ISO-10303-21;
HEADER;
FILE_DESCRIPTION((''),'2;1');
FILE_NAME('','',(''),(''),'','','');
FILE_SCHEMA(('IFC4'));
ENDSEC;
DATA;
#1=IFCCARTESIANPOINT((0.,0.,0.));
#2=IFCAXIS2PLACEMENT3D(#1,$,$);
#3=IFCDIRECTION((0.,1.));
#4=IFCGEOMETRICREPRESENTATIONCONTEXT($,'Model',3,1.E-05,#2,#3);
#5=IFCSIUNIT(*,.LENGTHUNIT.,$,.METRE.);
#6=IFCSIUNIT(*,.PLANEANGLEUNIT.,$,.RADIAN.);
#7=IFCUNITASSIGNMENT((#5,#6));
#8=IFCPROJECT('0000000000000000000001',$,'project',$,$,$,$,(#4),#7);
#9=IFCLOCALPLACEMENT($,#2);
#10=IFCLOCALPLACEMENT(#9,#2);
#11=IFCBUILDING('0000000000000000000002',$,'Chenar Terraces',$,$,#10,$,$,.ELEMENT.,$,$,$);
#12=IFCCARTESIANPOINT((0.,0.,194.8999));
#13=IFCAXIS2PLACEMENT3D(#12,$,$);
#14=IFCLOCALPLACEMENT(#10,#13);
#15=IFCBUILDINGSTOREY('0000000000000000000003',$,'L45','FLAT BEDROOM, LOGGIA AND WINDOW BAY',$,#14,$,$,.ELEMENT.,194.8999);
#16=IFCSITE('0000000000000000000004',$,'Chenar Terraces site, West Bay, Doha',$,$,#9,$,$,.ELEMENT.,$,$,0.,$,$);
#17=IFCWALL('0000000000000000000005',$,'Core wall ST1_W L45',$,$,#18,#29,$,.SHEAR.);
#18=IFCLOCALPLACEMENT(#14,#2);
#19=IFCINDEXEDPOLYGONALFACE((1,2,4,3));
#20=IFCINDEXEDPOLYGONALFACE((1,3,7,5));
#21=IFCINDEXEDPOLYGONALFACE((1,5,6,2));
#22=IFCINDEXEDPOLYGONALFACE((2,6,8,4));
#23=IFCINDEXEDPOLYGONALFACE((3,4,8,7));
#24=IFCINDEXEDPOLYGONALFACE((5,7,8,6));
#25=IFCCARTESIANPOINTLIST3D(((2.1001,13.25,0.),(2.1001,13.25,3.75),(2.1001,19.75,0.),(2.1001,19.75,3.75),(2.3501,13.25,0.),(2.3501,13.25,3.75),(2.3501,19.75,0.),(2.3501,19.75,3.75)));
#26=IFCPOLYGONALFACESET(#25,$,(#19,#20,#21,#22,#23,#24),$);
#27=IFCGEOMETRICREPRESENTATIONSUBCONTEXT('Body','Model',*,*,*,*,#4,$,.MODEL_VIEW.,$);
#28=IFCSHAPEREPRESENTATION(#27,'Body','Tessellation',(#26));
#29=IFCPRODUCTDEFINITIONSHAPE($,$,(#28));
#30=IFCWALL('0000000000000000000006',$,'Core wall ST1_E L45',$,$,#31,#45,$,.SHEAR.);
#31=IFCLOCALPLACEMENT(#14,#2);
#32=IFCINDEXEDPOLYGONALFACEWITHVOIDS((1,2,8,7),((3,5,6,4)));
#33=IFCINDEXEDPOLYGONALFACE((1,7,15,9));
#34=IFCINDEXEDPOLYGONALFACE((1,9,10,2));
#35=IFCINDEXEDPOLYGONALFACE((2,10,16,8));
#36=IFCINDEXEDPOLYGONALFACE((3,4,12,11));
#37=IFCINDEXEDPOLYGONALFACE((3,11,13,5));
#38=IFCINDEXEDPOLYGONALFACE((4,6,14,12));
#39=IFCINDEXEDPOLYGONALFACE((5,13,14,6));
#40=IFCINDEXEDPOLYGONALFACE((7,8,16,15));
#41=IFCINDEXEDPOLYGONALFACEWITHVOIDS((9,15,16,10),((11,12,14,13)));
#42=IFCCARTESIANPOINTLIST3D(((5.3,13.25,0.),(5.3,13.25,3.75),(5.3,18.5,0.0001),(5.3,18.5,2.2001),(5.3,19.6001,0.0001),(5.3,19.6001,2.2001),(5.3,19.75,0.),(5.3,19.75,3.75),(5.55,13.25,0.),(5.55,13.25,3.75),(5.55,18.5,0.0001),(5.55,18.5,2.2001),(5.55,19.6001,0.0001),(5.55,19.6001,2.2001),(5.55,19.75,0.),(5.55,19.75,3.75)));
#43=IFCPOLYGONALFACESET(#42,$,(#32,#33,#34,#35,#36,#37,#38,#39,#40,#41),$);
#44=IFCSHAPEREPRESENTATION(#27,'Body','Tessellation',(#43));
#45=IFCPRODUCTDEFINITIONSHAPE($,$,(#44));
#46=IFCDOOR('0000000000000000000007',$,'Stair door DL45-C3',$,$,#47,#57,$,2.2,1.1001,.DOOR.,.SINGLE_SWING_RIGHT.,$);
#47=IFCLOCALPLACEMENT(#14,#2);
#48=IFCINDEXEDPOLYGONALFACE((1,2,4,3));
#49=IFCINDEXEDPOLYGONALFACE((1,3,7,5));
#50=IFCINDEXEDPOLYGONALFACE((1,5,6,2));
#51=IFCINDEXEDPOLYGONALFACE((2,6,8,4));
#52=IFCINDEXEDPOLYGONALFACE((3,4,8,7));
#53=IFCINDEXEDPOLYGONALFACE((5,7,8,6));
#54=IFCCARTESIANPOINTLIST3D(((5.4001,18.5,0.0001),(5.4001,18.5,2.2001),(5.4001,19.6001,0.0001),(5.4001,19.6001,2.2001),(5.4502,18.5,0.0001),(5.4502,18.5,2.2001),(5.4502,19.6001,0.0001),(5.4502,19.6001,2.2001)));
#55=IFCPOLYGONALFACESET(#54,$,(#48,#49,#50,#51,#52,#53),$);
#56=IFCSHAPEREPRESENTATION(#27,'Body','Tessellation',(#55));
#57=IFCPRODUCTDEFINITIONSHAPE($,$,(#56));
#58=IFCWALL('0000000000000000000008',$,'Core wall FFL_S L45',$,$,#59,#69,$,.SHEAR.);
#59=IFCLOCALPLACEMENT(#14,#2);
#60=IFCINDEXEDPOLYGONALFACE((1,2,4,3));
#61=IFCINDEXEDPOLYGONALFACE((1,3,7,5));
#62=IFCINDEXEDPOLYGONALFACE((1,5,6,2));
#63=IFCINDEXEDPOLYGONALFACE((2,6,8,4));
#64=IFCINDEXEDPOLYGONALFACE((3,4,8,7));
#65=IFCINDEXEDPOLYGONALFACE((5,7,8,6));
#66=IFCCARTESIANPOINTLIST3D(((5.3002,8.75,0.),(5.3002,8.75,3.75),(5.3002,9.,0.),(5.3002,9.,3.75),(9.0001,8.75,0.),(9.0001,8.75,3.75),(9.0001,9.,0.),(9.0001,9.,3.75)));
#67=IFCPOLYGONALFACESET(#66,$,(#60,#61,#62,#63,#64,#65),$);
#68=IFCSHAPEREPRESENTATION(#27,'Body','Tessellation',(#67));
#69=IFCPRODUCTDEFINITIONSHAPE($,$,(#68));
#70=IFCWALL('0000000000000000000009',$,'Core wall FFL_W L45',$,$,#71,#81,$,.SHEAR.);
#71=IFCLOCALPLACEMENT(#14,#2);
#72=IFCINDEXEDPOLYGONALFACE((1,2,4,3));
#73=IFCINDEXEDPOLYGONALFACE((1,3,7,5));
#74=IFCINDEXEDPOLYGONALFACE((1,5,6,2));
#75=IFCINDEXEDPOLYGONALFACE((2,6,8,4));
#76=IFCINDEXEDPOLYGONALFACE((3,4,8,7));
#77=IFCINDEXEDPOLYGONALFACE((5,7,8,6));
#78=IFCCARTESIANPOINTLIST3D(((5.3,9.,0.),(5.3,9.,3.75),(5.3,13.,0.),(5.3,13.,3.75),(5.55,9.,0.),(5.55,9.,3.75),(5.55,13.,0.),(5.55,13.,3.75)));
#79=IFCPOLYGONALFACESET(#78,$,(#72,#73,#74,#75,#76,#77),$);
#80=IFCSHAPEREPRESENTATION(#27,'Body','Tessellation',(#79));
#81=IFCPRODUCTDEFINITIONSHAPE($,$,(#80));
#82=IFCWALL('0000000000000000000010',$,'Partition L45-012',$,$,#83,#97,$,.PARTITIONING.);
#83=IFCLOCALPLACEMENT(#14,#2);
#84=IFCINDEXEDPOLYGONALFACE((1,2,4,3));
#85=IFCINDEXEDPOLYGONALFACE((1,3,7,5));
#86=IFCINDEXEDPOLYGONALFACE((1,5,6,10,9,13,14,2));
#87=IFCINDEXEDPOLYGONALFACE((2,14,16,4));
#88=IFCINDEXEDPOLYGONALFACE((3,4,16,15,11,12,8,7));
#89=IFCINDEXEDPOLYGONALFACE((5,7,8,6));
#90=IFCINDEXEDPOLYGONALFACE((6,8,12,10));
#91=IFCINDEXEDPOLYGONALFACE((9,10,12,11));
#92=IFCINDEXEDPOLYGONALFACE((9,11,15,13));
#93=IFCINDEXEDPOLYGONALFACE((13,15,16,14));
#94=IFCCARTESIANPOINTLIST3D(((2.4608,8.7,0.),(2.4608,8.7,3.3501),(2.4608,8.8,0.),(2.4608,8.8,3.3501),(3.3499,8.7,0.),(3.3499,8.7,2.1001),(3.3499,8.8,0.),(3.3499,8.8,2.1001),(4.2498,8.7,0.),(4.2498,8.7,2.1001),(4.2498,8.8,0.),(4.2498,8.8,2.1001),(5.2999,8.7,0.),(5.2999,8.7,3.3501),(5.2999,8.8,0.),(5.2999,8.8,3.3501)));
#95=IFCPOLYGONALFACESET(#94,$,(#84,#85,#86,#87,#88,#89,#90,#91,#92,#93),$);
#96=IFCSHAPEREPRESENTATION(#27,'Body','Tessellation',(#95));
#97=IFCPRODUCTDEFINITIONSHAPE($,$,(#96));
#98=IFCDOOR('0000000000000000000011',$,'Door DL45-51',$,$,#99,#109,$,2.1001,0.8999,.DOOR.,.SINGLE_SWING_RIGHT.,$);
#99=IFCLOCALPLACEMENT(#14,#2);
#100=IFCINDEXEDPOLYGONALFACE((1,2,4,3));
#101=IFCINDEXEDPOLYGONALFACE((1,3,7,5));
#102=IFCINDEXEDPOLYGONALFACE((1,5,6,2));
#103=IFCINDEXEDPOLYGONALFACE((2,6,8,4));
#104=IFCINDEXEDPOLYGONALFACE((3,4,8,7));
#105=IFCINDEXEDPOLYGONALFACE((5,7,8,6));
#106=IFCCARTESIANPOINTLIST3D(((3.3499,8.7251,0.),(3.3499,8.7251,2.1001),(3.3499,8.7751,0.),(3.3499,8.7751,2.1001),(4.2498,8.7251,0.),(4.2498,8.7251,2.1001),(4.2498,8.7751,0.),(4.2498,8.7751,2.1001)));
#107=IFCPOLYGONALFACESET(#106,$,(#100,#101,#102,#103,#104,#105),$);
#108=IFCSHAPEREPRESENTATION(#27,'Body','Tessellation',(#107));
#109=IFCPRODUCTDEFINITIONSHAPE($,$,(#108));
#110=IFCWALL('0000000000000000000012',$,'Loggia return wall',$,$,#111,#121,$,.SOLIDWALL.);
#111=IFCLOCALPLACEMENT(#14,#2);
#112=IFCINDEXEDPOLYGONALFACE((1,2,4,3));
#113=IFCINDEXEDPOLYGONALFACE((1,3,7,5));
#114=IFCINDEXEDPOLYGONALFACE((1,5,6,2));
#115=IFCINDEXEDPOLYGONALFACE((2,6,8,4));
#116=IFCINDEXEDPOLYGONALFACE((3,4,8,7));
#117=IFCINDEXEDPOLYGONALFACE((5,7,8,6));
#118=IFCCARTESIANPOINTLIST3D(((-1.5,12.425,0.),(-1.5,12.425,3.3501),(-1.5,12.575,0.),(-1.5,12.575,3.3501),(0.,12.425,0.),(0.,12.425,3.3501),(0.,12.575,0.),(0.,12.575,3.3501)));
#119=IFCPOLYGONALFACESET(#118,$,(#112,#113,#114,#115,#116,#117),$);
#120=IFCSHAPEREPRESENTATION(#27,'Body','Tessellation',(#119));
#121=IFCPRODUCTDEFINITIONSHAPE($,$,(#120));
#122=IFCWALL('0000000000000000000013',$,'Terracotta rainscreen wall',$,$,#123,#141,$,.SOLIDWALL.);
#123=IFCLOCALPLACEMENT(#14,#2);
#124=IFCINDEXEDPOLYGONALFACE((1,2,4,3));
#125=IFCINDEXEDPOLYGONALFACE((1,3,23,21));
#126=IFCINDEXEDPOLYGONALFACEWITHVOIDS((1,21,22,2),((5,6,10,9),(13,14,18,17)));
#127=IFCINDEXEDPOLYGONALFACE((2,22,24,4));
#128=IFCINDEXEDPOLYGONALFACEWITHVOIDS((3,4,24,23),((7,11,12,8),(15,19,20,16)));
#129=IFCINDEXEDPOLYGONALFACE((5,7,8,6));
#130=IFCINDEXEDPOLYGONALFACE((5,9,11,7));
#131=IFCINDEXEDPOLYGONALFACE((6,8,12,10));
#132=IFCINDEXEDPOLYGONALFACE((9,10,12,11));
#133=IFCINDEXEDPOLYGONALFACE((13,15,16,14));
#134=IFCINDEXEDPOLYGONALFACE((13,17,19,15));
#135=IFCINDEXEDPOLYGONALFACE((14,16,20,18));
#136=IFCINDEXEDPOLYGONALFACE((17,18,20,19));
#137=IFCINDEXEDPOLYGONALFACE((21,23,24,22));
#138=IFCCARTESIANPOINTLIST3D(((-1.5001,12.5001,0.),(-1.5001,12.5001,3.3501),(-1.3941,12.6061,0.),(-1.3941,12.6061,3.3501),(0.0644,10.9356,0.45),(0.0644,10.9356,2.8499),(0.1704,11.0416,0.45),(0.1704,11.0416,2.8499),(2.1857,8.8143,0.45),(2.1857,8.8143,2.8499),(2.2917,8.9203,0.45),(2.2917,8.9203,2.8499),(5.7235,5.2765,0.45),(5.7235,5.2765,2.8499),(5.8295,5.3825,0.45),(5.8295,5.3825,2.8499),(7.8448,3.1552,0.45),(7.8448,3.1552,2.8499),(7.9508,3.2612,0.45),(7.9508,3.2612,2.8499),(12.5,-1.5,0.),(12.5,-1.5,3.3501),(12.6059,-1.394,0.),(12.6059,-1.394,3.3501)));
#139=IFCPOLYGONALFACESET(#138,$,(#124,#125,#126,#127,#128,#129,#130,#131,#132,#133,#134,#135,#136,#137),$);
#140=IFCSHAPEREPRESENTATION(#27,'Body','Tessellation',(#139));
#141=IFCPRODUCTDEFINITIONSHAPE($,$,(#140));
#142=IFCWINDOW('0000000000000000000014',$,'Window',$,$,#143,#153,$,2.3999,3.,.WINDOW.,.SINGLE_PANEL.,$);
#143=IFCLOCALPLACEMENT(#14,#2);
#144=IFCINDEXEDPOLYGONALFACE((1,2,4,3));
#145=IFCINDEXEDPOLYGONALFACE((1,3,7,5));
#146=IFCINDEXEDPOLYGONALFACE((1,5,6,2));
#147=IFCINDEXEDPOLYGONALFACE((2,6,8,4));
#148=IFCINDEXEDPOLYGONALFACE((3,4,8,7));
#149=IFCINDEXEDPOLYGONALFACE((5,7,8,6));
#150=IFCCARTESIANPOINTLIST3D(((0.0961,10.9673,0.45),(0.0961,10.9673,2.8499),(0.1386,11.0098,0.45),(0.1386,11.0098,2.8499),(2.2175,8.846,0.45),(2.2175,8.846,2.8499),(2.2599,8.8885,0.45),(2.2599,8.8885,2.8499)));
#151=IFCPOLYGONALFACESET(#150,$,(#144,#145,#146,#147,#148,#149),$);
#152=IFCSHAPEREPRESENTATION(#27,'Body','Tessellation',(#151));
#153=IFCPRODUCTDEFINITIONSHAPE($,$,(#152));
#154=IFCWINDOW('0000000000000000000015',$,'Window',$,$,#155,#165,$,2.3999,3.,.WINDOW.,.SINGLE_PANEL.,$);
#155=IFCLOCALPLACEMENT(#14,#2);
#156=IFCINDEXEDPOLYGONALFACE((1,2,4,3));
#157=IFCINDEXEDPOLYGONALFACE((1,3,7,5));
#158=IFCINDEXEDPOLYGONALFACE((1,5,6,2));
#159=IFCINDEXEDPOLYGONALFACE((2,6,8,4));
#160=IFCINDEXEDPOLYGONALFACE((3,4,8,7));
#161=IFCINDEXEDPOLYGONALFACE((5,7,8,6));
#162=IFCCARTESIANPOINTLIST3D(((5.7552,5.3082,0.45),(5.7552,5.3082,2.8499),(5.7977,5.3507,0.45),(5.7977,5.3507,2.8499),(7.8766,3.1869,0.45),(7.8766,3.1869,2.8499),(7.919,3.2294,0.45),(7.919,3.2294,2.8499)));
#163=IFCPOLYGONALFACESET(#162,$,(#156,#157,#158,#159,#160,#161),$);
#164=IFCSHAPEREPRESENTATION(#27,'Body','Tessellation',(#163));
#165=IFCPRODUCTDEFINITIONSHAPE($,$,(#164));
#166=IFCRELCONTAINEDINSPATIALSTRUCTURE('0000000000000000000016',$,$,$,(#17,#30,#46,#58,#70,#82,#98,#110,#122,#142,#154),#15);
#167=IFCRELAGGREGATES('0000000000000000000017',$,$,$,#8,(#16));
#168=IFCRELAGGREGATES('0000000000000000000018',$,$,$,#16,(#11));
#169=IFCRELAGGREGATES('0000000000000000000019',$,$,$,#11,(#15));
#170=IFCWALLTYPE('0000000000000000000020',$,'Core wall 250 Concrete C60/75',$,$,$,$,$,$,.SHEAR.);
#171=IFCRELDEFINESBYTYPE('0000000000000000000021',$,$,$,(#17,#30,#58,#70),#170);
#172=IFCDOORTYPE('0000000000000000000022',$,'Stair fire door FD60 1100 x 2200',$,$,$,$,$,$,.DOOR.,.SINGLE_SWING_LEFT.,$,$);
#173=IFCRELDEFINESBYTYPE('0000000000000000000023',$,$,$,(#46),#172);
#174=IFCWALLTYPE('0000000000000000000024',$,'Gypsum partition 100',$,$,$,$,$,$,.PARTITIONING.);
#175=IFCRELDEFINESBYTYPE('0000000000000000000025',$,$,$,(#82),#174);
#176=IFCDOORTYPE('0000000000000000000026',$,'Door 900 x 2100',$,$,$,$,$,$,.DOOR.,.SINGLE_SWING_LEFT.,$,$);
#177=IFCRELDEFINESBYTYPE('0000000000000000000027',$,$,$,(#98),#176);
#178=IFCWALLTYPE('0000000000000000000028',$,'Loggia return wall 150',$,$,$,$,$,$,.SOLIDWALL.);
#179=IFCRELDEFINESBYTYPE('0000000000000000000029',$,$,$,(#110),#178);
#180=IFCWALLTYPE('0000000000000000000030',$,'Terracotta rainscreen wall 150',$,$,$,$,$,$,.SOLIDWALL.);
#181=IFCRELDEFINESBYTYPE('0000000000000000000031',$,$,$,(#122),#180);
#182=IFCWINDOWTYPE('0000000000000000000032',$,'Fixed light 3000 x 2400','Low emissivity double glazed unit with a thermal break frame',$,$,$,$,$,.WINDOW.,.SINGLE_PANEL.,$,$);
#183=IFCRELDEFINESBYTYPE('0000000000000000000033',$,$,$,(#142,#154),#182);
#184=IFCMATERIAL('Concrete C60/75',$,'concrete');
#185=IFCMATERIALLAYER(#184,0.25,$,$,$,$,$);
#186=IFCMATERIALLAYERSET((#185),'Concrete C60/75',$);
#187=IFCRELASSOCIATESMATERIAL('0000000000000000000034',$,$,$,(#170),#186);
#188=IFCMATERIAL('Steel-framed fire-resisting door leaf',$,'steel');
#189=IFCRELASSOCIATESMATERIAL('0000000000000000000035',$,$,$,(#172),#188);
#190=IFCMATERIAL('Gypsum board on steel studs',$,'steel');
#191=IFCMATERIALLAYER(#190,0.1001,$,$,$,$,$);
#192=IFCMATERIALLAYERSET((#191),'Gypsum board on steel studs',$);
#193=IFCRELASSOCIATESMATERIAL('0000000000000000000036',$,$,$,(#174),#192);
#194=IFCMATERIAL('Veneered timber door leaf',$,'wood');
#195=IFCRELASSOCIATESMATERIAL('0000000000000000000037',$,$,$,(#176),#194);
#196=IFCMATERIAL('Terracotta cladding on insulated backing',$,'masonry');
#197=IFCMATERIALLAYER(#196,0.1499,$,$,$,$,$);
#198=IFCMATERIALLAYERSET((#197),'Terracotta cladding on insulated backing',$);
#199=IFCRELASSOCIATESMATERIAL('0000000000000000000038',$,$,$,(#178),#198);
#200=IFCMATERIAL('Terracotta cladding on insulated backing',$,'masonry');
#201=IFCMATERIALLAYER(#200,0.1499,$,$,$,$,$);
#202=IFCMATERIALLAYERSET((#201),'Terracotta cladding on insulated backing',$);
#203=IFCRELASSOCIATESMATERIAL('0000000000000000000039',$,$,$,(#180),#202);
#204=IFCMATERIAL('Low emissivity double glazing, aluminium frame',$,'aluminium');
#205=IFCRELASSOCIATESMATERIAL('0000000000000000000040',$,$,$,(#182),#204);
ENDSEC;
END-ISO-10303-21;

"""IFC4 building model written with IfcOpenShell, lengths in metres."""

from ifc_helpers import new_model, si_unit, direction, frame, frame_2d, origin, place, context, subcontext, project, spatial, rectangle, extrude, material, layer, layer_set, type_object, element, fill, save


model = new_model("IFC4")

# Units and contexts
model_context = context("Model", 3, precision=1e-05, world=origin(), true_north=direction((0.0, 1.0)))
body_context = subcontext(model_context, "Body", "Model", "MODEL_VIEW")
ifc_project = project(units=[si_unit("LENGTHUNIT", "METRE"), si_unit("PLANEANGLEUNIT", "RADIAN")], contexts=[model_context])

# Site, building, storey
site_placement = place(None, origin())
site = spatial("IfcSite", under=ifc_project, at=site_placement, Name="Chenar Terraces site, West Bay, Doha", CompositionType="ELEMENT", RefElevation=0.0)
building_placement = place(site_placement, origin())
building = spatial("IfcBuilding", under=site, at=building_placement, Name="Chenar Terraces", CompositionType="ELEMENT")
storey_placement = place(building_placement, frame((0.0, 0.0, 194.8999)))
storey = spatial("IfcBuildingStorey", under=building, at=storey_placement, Name="L45", Description="FLAT BEDROOM, LOGGIA AND WINDOW BAY", CompositionType="ELEMENT", Elevation=194.8999)

# Wall
ifc_material_1 = material(Name="Concrete C60/75", Category="concrete")
ifc_layer_1 = layer(ifc_material_1, 0.25)
ifc_layer_set_1 = layer_set([ifc_layer_1], Name="Concrete C60/75")
wall_type_1 = type_object("IfcWallType", Name="Core wall 250 Concrete C60/75", PredefinedType="SHEAR", material=ifc_layer_set_1)
wall_1_placement = place(storey_placement, frame((2.2251, 13.25, 0.0), z_axis=(0.0, 0.0, 1.0), x_axis=(0.0, 1.0, 0.0)))
element("IfcWall", 1, at=wall_1_placement, inside=storey, type_object=wall_type_1, Name="Core wall ST1_W L45", PredefinedType="SHEAR", context=body_context, shape_type="SweptSolid", body=[
    extrude(rectangle(XDim=6.5, YDim=0.25, at=frame_2d((3.25, 0.0))), origin(), (0.0, 0.0, 1.0), 3.75),
])

# Wall, opening, door
wall_2_placement = place(storey_placement, frame((5.425, 13.25, 0.0), z_axis=(0.0, 0.0, 1.0), x_axis=(0.0, 1.0, 0.0)))
wall_2 = element("IfcWall", 2, at=wall_2_placement, inside=storey, type_object=wall_type_1, Name="Core wall ST1_E L45", PredefinedType="SHEAR", context=body_context, shape_type="SweptSolid", body=[
    extrude(rectangle(XDim=6.5, YDim=0.25, at=frame_2d((3.25, 0.0))), origin(), (0.0, 0.0, 1.0), 3.75),
])
opening_1_placement = place(wall_2_placement, frame((5.25, 0.0, 0.0)))
opening_1 = element("IfcOpeningElement", 3, at=opening_1_placement, cuts=wall_2, PredefinedType="OPENING", context=body_context, shape_type="SweptSolid", body=[
    extrude(rectangle(XDim=1.1001, YDim=2.2, at=frame_2d((0.55, 1.1001))), frame((0.0, 0.135, 0.0), z_axis=(0.0, -1.0, 0.0), x_axis=(1.0, 0.0, 0.0)), (0.0, 0.0, 1.0), 0.27),
])
ifc_material_2 = material(Name="Steel-framed fire-resisting door leaf", Category="steel")
door_type_1 = type_object("IfcDoorType", Name="Stair fire door FD60 1100 x 2200", OperationType="SINGLE_SWING_LEFT", PredefinedType="DOOR", material=ifc_material_2)
door_1_placement = place(opening_1_placement, origin())
door_1 = element("IfcDoor", 4, at=door_1_placement, inside=storey, type_object=door_type_1, Name="Stair door DL45-C3", OperationType="SINGLE_SWING_RIGHT", OverallHeight=2.2, OverallWidth=1.1001, PredefinedType="DOOR", context=body_context, shape_type="SweptSolid", body=[
    extrude(rectangle(XDim=1.1001, YDim=2.2, at=frame_2d((0.55, 1.1001))), frame((0.0, 0.0249, 0.0), z_axis=(0.0, -1.0, 0.0), x_axis=(1.0, 0.0, 0.0)), (0.0, 0.0, 1.0), 0.05),
])
fill(opening_1, door_1)

# Walls
wall_3_placement = place(storey_placement, frame((5.3, 8.875, 0.0), z_axis=(0.0, 0.0, 1.0), x_axis=(1.0, 0.0, 0.0)))
element("IfcWall", 5, at=wall_3_placement, inside=storey, type_object=wall_type_1, Name="Core wall FFL_S L45", PredefinedType="SHEAR", context=body_context, shape_type="SweptSolid", body=[
    extrude(rectangle(XDim=3.7, YDim=0.25, at=frame_2d((1.8501, 0.0))), origin(), (0.0, 0.0, 1.0), 3.75),
])
wall_4_placement = place(storey_placement, frame((5.425, 9.0, 0.0), z_axis=(0.0, 0.0, 1.0), x_axis=(0.0, 1.0, 0.0)))
element("IfcWall", 6, at=wall_4_placement, inside=storey, type_object=wall_type_1, Name="Core wall FFL_W L45", PredefinedType="SHEAR", context=body_context, shape_type="SweptSolid", body=[
    extrude(rectangle(XDim=4.0, YDim=0.25, at=frame_2d((2.0, 0.0))), origin(), (0.0, 0.0, 1.0), 3.75),
])

# Wall, opening, door
ifc_material_3 = material(Name="Gypsum board on steel studs", Category="steel")
ifc_layer_2 = layer(ifc_material_3, 0.1001)
ifc_layer_set_2 = layer_set([ifc_layer_2], Name="Gypsum board on steel studs")
wall_type_2 = type_object("IfcWallType", Name="Gypsum partition 100", PredefinedType="PARTITIONING", material=ifc_layer_set_2)
wall_5_placement = place(storey_placement, frame((2.4609, 8.75, 0.0), z_axis=(0.0, 0.0, 1.0), x_axis=(1.0, 0.0, 0.0)))
wall_5 = element("IfcWall", 7, at=wall_5_placement, inside=storey, type_object=wall_type_2, Name="Partition L45-012", PredefinedType="PARTITIONING", context=body_context, shape_type="SweptSolid", body=[
    extrude(rectangle(XDim=2.8391, YDim=0.1001, at=frame_2d((1.4194, 0.0))), origin(), (0.0, 0.0, 1.0), 3.3501),
])
opening_2_placement = place(wall_5_placement, frame((0.8889, 0.0, 0.0)))
opening_2 = element("IfcOpeningElement", 8, at=opening_2_placement, cuts=wall_5, PredefinedType="OPENING", context=body_context, shape_type="SweptSolid", body=[
    extrude(rectangle(XDim=0.8999, YDim=2.1001, at=frame_2d((0.45, 1.05))), frame((0.0, 0.0601, 0.0), z_axis=(0.0, -1.0, 0.0), x_axis=(1.0, 0.0, 0.0)), (0.0, 0.0, 1.0), 0.1201),
])
ifc_material_4 = material(Name="Veneered timber door leaf", Category="wood")
door_type_2 = type_object("IfcDoorType", Name="Door 900 x 2100", OperationType="SINGLE_SWING_LEFT", PredefinedType="DOOR", material=ifc_material_4)
door_2_placement = place(opening_2_placement, frame((0.8999, 0.0, 0.0), z_axis=(0.0, 0.0, 1.0), x_axis=(-1.0, 0.0, 0.0)))
door_2 = element("IfcDoor", 9, at=door_2_placement, inside=storey, type_object=door_type_2, Name="Door DL45-51", OperationType="SINGLE_SWING_RIGHT", OverallHeight=2.1001, OverallWidth=0.8999, PredefinedType="DOOR", context=body_context, shape_type="SweptSolid", body=[
    extrude(rectangle(XDim=0.8999, YDim=2.1001, at=frame_2d((0.45, 1.05))), frame((0.0, 0.0249, 0.0), z_axis=(0.0, -1.0, 0.0), x_axis=(1.0, 0.0, 0.0)), (0.0, 0.0, 1.0), 0.05),
])
fill(opening_2, door_2)

# Wall
ifc_material_5 = material(Name="Terracotta cladding on insulated backing", Category="masonry")
ifc_layer_3 = layer(ifc_material_5, 0.1499)
ifc_layer_set_3 = layer_set([ifc_layer_3], Name="Terracotta cladding on insulated backing")
wall_type_3 = type_object("IfcWallType", Name="Loggia return wall 150", PredefinedType="SOLIDWALL", material=ifc_layer_set_3)
wall_6_placement = place(storey_placement, frame((-1.5, 12.5, 0.0), z_axis=(0.0, 0.0, 1.0), x_axis=(1.0, 0.0, 0.0)))
element("IfcWall", 10, at=wall_6_placement, inside=storey, type_object=wall_type_3, Name="Loggia return wall", PredefinedType="SOLIDWALL", context=body_context, shape_type="SweptSolid", body=[
    extrude(rectangle(XDim=1.5, YDim=0.1499, at=frame_2d((0.75, 0.0))), origin(), (0.0, 0.0, 1.0), 3.3501),
])

# Wall, openings, windows
ifc_material_6 = material(Name="Terracotta cladding on insulated backing", Category="masonry")
ifc_layer_4 = layer(ifc_material_6, 0.1499)
ifc_layer_set_4 = layer_set([ifc_layer_4], Name="Terracotta cladding on insulated backing")
wall_type_4 = type_object("IfcWallType", Name="Terracotta rainscreen wall 150", PredefinedType="SOLIDWALL", material=ifc_layer_set_4)
wall_7_placement = place(storey_placement, frame((-1.447, 12.553, 0.0), z_axis=(0.0, 0.0, 1.0), x_axis=(0.707107, -0.707107, 0.0)))
wall_7 = element("IfcWall", 11, at=wall_7_placement, inside=storey, type_object=wall_type_4, Name="Terracotta rainscreen wall", PredefinedType="SOLIDWALL", context=body_context, shape_type="SweptSolid", body=[
    extrude(rectangle(XDim=19.7991, YDim=0.1499, at=frame_2d((9.8994, 0.0))), origin(), (0.0, 0.0, 1.0), 3.3501),
])
opening_3_placement = place(wall_7_placement, frame((2.2124, 0.0, 0.45)))
opening_3 = element("IfcOpeningElement", 12, at=opening_3_placement, cuts=wall_7, PredefinedType="OPENING", context=body_context, shape_type="SweptSolid", body=[
    extrude(rectangle(XDim=3.0, YDim=2.3999, at=frame_2d((1.5, 1.2))), frame((0.0, 0.085, 0.0), z_axis=(0.0, -1.0, 0.0), x_axis=(1.0, 0.0, 0.0)), (0.0, 0.0, 1.0), 0.1699),
])
opening_4_placement = place(wall_7_placement, frame((10.2156, 0.0, 0.45)))
opening_4 = element("IfcOpeningElement", 13, at=opening_4_placement, cuts=wall_7, PredefinedType="OPENING", context=body_context, shape_type="SweptSolid", body=[
    extrude(rectangle(XDim=3.0, YDim=2.3999, at=frame_2d((1.5, 1.2))), frame((0.0, 0.085, 0.0), z_axis=(0.0, -1.0, 0.0), x_axis=(1.0, 0.0, 0.0)), (0.0, 0.0, 1.0), 0.1699),
])
ifc_material_7 = material(Name="Low emissivity double glazing, aluminium frame", Category="aluminium")
window_type = type_object("IfcWindowType", Name="Fixed light 3000 x 2400", Description="Low emissivity double glazed unit with a thermal break frame", PartitioningType="SINGLE_PANEL", PredefinedType="WINDOW", material=ifc_material_7)
window_1_placement = place(opening_3_placement, origin())
window_1 = element("IfcWindow", 14, at=window_1_placement, inside=storey, type_object=window_type, Name="Window", OverallHeight=2.3999, OverallWidth=3.0, PartitioningType="SINGLE_PANEL", PredefinedType="WINDOW", context=body_context, shape_type="SweptSolid", body=[
    extrude(rectangle(XDim=3.0, YDim=2.3999, at=frame_2d((1.5, 1.2))), frame((0.0, 0.03, 0.0), z_axis=(0.0, -1.0, 0.0), x_axis=(1.0, 0.0, 0.0)), (0.0, 0.0, 1.0), 0.0601),
])
fill(opening_3, window_1)
window_2_placement = place(opening_4_placement, origin())
window_2 = element("IfcWindow", 15, at=window_2_placement, inside=storey, type_object=window_type, Name="Window", OverallHeight=2.3999, OverallWidth=3.0, PartitioningType="SINGLE_PANEL", PredefinedType="WINDOW", context=body_context, shape_type="SweptSolid", body=[
    extrude(rectangle(XDim=3.0, YDim=2.3999, at=frame_2d((1.5, 1.2))), frame((0.0, 0.03, 0.0), z_axis=(0.0, -1.0, 0.0), x_axis=(1.0, 0.0, 0.0)), (0.0, 0.0, 1.0), 0.0601),
])
fill(opening_4, window_2)

save(model, "model.ifc")
